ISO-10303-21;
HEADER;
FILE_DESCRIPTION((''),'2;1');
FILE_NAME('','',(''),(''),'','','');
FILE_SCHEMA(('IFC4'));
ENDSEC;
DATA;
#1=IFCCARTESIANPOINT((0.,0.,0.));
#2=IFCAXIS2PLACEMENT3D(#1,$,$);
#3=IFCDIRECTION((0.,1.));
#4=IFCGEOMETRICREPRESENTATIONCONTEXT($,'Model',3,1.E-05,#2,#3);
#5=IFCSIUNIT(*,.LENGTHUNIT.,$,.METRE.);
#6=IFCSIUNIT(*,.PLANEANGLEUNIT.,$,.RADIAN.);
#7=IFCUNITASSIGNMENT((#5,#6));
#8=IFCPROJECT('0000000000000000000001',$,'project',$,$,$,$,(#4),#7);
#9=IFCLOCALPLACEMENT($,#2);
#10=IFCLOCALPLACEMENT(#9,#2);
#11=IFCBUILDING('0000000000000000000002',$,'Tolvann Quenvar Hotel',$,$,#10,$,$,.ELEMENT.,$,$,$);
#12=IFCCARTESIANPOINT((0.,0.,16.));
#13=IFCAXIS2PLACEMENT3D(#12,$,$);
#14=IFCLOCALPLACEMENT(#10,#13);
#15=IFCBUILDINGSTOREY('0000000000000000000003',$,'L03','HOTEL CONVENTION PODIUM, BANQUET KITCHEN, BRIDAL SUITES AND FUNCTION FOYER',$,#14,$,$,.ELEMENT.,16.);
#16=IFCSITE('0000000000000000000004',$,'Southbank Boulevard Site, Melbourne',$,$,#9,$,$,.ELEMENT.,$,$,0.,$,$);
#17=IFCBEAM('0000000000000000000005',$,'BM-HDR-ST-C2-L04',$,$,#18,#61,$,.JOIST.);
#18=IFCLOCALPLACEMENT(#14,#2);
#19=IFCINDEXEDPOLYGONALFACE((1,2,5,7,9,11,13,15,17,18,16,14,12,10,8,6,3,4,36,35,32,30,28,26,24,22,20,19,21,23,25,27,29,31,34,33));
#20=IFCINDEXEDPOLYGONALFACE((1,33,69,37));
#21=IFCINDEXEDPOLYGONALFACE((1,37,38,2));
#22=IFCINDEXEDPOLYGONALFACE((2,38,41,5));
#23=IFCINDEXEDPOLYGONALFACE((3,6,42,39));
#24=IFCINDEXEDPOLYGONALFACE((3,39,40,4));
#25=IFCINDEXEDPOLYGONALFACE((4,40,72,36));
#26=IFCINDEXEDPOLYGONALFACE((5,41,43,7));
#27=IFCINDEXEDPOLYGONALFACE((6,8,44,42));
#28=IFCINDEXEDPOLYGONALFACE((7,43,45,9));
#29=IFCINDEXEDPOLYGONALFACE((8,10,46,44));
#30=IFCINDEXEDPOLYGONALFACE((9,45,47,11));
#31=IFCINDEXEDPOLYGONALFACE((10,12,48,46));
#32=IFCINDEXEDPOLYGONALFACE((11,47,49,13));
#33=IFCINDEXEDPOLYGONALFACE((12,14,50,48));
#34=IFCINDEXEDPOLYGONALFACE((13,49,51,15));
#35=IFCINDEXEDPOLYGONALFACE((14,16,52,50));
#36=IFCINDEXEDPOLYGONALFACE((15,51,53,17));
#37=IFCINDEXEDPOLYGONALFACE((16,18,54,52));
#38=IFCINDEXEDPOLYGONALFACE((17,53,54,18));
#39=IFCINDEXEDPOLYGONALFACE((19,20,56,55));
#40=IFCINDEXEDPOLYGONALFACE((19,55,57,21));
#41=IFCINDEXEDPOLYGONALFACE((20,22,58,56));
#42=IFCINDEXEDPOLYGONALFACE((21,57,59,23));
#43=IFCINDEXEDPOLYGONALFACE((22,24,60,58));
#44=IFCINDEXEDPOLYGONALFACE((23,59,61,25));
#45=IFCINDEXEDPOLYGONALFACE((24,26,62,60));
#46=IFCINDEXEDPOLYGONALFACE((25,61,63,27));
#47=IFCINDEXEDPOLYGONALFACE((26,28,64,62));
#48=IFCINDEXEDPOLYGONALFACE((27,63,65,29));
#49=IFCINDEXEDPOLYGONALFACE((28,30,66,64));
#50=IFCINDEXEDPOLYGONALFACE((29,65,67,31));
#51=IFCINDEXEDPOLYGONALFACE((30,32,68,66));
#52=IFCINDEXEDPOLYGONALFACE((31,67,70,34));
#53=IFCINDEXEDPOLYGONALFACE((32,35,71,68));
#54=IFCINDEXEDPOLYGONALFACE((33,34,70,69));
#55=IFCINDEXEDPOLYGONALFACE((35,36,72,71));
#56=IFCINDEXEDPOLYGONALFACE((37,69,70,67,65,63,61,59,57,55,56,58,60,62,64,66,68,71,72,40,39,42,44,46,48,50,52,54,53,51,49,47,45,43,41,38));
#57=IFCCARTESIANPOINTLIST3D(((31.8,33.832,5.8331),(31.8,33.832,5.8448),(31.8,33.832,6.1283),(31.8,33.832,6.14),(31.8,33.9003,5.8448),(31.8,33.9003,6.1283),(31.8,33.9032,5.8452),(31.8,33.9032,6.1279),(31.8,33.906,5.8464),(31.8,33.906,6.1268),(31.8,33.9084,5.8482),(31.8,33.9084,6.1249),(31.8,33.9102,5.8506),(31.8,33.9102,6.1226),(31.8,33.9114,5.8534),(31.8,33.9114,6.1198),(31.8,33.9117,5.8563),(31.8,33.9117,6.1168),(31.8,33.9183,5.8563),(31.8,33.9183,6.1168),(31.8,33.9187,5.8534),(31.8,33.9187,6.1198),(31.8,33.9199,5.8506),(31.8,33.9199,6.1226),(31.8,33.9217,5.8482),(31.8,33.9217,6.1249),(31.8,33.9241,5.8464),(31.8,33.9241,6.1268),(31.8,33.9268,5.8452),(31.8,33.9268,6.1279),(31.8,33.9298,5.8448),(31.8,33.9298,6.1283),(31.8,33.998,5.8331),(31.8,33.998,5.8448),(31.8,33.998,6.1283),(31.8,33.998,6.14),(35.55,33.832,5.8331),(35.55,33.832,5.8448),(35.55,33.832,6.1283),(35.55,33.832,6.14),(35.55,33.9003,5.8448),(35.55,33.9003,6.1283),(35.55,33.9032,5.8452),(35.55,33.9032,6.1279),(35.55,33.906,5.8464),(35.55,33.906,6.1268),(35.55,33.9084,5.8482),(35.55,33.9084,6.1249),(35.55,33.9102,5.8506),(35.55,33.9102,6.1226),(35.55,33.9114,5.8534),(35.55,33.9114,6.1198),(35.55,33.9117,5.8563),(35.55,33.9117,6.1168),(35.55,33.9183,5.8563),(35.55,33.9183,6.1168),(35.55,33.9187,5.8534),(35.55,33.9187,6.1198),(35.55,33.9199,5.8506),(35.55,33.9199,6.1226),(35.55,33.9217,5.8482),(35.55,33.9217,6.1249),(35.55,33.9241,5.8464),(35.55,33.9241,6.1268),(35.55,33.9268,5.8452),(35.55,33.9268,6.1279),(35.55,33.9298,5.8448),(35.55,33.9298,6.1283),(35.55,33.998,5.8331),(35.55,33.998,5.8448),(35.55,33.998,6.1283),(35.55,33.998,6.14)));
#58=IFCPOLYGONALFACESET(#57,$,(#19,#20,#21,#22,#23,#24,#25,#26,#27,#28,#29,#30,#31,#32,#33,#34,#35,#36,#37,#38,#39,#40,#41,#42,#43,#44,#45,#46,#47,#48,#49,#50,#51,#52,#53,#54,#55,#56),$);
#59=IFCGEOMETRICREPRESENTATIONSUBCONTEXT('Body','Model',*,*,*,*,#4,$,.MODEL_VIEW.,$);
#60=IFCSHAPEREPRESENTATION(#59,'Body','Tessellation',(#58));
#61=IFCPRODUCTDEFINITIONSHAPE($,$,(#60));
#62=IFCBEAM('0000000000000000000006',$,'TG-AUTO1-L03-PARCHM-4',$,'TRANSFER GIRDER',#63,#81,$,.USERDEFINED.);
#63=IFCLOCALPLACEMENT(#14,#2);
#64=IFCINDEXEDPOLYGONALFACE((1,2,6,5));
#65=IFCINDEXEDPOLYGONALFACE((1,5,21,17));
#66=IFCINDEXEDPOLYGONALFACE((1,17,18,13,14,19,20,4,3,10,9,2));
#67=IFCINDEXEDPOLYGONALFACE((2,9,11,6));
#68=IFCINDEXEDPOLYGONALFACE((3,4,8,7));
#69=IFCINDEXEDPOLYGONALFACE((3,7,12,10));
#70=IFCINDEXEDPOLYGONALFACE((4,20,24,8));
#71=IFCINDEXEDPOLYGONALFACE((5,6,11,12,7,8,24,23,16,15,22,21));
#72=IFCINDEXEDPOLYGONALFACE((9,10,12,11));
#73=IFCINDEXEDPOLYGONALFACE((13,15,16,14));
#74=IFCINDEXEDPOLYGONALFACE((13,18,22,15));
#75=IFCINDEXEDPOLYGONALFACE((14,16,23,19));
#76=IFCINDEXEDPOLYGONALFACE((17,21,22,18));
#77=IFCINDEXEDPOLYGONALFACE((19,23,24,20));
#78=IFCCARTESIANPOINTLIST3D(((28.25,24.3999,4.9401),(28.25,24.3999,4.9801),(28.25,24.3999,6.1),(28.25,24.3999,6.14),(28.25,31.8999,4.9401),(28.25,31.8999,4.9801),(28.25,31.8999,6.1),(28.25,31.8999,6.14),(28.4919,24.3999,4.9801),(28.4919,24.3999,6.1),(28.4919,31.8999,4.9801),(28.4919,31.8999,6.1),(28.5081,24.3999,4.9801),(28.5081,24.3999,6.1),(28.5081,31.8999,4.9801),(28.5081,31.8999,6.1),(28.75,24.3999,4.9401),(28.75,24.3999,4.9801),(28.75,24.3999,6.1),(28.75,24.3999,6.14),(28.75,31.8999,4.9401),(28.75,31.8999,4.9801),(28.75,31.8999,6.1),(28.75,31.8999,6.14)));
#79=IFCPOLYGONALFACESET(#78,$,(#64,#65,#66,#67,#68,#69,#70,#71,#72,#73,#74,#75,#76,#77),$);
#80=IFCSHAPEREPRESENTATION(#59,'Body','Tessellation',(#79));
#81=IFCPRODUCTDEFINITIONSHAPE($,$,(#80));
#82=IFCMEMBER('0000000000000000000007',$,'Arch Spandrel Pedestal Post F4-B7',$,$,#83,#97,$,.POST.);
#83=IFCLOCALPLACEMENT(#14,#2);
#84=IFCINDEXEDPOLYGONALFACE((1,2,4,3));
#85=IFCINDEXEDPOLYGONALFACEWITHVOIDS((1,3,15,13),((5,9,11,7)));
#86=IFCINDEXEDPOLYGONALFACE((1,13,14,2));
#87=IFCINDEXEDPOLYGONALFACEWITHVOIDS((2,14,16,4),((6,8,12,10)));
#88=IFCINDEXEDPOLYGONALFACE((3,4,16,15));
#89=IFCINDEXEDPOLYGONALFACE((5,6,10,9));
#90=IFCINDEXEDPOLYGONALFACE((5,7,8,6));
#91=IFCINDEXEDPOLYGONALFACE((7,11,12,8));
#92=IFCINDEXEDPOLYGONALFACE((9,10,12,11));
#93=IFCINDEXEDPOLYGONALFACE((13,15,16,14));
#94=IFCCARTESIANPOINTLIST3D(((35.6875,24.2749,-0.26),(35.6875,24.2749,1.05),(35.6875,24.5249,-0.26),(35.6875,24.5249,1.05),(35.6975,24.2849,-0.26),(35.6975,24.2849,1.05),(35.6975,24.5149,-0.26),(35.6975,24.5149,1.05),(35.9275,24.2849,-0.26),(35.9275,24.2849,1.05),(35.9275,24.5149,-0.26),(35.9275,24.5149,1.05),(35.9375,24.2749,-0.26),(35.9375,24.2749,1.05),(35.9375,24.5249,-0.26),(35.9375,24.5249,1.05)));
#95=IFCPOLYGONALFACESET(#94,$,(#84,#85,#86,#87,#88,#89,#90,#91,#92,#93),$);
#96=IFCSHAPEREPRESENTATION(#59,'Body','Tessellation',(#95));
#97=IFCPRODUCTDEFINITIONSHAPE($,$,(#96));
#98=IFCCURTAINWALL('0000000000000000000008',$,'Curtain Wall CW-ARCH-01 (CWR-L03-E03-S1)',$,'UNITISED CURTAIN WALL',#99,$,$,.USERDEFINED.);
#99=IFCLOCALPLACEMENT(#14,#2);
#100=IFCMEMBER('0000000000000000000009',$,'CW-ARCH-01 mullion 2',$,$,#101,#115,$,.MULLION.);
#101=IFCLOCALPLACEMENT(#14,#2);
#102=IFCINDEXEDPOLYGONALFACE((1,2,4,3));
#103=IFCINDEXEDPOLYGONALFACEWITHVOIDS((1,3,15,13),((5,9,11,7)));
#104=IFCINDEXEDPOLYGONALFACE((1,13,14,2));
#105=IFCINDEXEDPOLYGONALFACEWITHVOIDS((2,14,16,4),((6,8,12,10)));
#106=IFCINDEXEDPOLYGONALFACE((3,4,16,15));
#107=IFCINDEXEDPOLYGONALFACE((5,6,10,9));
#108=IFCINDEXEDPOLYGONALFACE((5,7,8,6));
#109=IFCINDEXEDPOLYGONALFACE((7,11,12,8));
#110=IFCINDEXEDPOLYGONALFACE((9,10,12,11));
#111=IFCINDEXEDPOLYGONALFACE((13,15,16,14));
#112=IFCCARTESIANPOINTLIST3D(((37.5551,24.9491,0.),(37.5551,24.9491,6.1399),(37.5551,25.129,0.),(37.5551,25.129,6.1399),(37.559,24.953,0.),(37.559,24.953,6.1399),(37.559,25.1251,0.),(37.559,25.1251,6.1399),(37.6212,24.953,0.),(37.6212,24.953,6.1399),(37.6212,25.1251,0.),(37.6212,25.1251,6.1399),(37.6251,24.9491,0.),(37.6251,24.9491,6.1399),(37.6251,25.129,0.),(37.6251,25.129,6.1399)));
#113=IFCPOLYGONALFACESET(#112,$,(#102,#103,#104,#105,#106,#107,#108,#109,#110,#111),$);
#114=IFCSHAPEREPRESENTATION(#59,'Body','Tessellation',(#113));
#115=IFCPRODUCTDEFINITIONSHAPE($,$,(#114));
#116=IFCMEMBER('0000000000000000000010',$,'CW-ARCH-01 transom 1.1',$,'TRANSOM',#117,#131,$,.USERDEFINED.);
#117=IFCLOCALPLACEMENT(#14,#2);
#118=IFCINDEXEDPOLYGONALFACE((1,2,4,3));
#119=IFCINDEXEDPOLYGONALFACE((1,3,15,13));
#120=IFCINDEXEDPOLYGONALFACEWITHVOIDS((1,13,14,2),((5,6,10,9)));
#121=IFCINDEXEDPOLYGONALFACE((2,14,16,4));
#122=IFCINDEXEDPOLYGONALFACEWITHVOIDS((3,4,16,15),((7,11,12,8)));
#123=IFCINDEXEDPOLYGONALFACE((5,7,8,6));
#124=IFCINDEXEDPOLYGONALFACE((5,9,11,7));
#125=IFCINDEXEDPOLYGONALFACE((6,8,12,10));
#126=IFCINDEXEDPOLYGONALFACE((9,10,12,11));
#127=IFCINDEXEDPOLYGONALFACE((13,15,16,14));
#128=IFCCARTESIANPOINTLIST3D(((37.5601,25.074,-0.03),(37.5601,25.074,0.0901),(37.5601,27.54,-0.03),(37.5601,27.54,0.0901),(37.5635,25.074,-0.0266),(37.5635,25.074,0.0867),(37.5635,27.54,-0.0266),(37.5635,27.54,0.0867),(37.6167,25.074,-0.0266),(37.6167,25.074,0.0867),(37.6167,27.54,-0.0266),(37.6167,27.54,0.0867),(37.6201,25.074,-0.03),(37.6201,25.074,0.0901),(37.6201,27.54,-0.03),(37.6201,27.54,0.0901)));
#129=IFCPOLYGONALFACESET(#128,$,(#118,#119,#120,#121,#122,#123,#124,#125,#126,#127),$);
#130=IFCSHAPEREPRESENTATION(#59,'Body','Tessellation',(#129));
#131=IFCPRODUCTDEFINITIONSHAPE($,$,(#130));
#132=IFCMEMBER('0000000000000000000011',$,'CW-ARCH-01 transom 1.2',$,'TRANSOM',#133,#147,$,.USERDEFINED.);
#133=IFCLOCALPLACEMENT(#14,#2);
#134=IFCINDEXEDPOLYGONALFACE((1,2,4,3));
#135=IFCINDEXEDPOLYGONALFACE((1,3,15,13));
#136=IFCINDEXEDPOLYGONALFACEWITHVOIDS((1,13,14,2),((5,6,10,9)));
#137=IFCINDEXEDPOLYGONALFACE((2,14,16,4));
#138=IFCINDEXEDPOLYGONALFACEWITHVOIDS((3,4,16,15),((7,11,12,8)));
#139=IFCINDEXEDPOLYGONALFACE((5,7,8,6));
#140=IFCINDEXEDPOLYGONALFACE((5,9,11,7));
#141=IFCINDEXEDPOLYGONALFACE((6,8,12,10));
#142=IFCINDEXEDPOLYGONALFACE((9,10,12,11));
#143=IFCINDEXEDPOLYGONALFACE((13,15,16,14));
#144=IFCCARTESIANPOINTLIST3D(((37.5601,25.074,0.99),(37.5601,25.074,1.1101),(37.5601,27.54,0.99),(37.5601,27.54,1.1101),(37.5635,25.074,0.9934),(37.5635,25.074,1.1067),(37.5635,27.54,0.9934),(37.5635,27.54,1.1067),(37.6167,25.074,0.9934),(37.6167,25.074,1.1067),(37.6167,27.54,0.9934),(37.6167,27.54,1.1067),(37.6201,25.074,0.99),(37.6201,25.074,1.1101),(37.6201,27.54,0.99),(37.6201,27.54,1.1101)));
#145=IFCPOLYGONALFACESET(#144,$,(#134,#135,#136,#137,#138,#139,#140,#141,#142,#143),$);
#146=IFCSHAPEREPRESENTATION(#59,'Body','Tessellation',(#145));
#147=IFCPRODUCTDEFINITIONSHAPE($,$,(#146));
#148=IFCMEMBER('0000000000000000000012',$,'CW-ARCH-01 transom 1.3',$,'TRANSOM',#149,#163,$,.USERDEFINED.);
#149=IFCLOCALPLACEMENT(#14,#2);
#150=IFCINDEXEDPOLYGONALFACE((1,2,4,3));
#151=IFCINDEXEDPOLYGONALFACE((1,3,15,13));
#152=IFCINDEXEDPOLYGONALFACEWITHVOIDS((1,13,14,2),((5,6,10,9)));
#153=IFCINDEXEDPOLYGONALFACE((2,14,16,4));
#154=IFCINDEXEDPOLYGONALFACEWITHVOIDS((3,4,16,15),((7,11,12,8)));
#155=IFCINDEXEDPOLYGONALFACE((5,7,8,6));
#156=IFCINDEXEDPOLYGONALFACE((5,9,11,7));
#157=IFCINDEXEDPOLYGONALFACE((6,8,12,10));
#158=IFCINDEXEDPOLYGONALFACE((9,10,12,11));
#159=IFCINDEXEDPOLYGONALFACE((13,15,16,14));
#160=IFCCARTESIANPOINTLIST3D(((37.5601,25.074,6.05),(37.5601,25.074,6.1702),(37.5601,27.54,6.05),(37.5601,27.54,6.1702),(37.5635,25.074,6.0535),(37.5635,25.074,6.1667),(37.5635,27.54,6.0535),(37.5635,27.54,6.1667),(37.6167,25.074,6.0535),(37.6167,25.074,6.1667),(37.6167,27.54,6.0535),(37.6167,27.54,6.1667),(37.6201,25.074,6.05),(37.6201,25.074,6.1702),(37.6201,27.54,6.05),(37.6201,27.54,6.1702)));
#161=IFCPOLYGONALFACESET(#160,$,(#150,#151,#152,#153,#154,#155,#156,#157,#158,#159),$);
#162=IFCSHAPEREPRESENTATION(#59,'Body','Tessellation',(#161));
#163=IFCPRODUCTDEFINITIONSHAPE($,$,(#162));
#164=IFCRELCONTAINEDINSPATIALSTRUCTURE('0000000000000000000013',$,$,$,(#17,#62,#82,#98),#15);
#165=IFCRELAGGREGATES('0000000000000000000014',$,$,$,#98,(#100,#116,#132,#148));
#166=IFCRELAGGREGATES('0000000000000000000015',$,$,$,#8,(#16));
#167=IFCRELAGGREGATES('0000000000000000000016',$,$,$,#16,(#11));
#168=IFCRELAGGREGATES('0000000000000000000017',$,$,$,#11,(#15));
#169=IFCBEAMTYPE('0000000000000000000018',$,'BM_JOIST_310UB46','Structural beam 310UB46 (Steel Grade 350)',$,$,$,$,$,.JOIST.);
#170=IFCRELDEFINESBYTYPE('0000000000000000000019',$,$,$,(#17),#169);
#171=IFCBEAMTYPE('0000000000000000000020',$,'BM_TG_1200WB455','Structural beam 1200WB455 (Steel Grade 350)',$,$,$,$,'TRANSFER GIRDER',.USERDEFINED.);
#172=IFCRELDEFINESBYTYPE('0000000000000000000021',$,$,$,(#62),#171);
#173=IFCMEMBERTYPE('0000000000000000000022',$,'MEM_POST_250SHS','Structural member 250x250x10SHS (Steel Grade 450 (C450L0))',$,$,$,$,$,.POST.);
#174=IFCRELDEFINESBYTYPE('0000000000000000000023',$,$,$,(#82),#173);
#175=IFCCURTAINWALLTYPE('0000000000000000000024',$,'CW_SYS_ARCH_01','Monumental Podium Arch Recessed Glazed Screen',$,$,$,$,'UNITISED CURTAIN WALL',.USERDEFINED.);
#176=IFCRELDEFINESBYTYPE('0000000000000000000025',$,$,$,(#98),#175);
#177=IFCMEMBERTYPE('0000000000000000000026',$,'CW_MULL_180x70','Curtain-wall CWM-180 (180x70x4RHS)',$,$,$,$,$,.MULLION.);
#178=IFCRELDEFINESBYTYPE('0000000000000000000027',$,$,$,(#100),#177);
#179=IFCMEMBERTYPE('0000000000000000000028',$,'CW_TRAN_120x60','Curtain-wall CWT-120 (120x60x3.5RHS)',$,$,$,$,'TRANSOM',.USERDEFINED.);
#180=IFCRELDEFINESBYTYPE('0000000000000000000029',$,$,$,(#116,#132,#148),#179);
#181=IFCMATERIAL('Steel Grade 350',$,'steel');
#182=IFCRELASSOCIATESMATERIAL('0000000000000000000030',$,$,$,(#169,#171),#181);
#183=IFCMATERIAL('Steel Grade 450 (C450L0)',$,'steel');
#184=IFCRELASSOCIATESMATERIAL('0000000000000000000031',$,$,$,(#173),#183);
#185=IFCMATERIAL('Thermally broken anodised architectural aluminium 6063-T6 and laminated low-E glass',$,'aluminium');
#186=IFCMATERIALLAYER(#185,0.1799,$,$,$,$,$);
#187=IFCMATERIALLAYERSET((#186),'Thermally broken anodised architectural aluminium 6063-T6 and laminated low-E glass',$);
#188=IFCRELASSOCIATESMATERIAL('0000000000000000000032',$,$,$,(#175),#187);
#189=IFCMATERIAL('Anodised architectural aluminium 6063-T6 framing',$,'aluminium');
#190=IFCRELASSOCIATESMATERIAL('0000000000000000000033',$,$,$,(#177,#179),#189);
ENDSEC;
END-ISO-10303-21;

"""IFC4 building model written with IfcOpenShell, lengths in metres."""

from ifc_helpers import new_model, si_unit, direction, frame, origin, origin_2d, place, context, subcontext, project, spatial, hollow_rectangle, i_section, extrude, source, transform, mapped, material, layer, layer_set, material_profile, profile_set, type_object, type_shapes, element, aggregate, save


model = new_model("IFC4")

# Units and contexts
model_context = context("Model", 3, precision=1e-05, world=origin(), true_north=direction((0.0, 1.0)))
body_context = subcontext(model_context, "Body", "Model", "MODEL_VIEW")
ifc_project = project(units=[si_unit("LENGTHUNIT", "METRE"), si_unit("PLANEANGLEUNIT", "RADIAN")], contexts=[model_context])

# Site, building, storey
site_placement = place(None, origin())
site = spatial("IfcSite", under=ifc_project, at=site_placement, Name="Southbank Boulevard Site, Melbourne", CompositionType="ELEMENT", RefElevation=0.0)
building_placement = place(site_placement, origin())
building = spatial("IfcBuilding", under=site, at=building_placement, Name="Tolvann Quenvar Hotel", CompositionType="ELEMENT")
storey_placement = place(building_placement, frame((0.0, 0.0, 16.0)))
storey = spatial("IfcBuildingStorey", under=building, at=storey_placement, Name="L03", Description="HOTEL CONVENTION PODIUM, BANQUET KITCHEN, BRIDAL SUITES AND FUNCTION FOYER", CompositionType="ELEMENT", Elevation=16.0)

# Beams
ifc_material_1 = material(Name="Steel Grade 350", Category="steel")
ifc_material_profile_1 = material_profile(ifc_material_1, i_section(OverallWidth=0.166, OverallDepth=0.3069, WebThickness=0.0066, FlangeThickness=0.0117, FilletRadius=0.0115, at=origin_2d()), Name="310UB46")
ifc_profile_set_1 = profile_set([ifc_material_profile_1], Name="Steel Grade 350")
beam_type_1 = type_object("IfcBeamType", Name="BM_JOIST_310UB46", Description="Structural beam 310UB46 (Steel Grade 350)", PredefinedType="JOIST", material=ifc_profile_set_1)
shared_shape_1 = source(origin(), body_context, "Body", "SweptSolid", [
    extrude(i_section(OverallWidth=0.166, OverallDepth=0.3069, WebThickness=0.0066, FlangeThickness=0.0117, FilletRadius=0.0115, at=origin_2d()), origin(), (0.0, 0.0, 1.0), 3.75),
])
type_shapes(beam_type_1, [shared_shape_1])
beam_1_placement = place(storey_placement, frame((31.8, 33.915, 5.9866), z_axis=(1.0, 0.0, 0.0), x_axis=(0.0, 1.0, 0.0)))
element("IfcBeam", 1, at=beam_1_placement, inside=storey, type_object=beam_type_1, Name="BM-HDR-ST-C2-L04", PredefinedType="JOIST", context=body_context, shape_type="MappedRepresentation", body=[
    mapped(shared_shape_1, transform((0.0, 0.0, 0.0), x_axis=(1.0, 0.0, 0.0), y_axis=(0.0, 1.0, 0.0), z_axis=(0.0, 0.0, 1.0), scale=1.0)),
])
ifc_material_profile_2 = material_profile(ifc_material_1, i_section(OverallWidth=0.5, OverallDepth=1.2, WebThickness=0.0161, FlangeThickness=0.04, at=origin_2d()), Name="1200WB455")
ifc_profile_set_2 = profile_set([ifc_material_profile_2], Name="Steel Grade 350")
beam_type_2 = type_object("IfcBeamType", Name="BM_TG_1200WB455", Description="Structural beam 1200WB455 (Steel Grade 350)", ElementType="TRANSFER GIRDER", PredefinedType="USERDEFINED", material=ifc_profile_set_2)
shared_shape_2 = source(origin(), body_context, "Body", "SweptSolid", [
    extrude(i_section(OverallWidth=0.5, OverallDepth=1.2, WebThickness=0.0161, FlangeThickness=0.04, at=origin_2d()), origin(), (0.0, 0.0, 1.0), 7.5),
])
type_shapes(beam_type_2, [shared_shape_2])
beam_2_placement = place(storey_placement, frame((28.5, 31.8999, 5.54), z_axis=(0.0, -1.0, 0.0), x_axis=(1.0, 0.0, 0.0)))
element("IfcBeam", 2, at=beam_2_placement, inside=storey, type_object=beam_type_2, Name="TG-AUTO1-L03-PARCHM-4", ObjectType="TRANSFER GIRDER", PredefinedType="USERDEFINED", context=body_context, shape_type="MappedRepresentation", body=[
    mapped(shared_shape_2, transform((0.0, 0.0, 0.0), x_axis=(1.0, 0.0, 0.0), y_axis=(0.0, 1.0, 0.0), z_axis=(0.0, 0.0, 1.0), scale=1.0)),
])

# Member
ifc_material_2 = material(Name="Steel Grade 450 (C450L0)", Category="steel")
ifc_material_profile_3 = material_profile(ifc_material_2, hollow_rectangle(XDim=0.25, YDim=0.25, WallThickness=0.01, at=origin_2d()), Name="250x250x10SHS")
ifc_profile_set_3 = profile_set([ifc_material_profile_3], Name="Steel Grade 450 (C450L0)")
member_type_1 = type_object("IfcMemberType", Name="MEM_POST_250SHS", Description="Structural member 250x250x10SHS (Steel Grade 450 (C450L0))", PredefinedType="POST", material=ifc_profile_set_3)
shared_shape_3 = source(origin(), body_context, "Body", "SweptSolid", [
    extrude(hollow_rectangle(XDim=0.25, YDim=0.25, WallThickness=0.01, at=origin_2d()), origin(), (0.0, 0.0, 1.0), 1.3101),
])
type_shapes(member_type_1, [shared_shape_3])
member_1_placement = place(storey_placement, frame((35.8125, 24.3999, -0.26), z_axis=(0.0, 0.0, 1.0), x_axis=(1.0, 0.0, 0.0)))
element("IfcMember", 3, at=member_1_placement, inside=storey, type_object=member_type_1, Name="Arch Spandrel Pedestal Post F4-B7", PredefinedType="POST", context=body_context, shape_type="MappedRepresentation", body=[
    mapped(shared_shape_3, transform((0.0, 0.0, 0.0), x_axis=(1.0, 0.0, 0.0), y_axis=(0.0, 1.0, 0.0), z_axis=(0.0, 0.0, 1.0), scale=1.0)),
])

# Curtain wall, members
ifc_material_3 = material(Name="Thermally broken anodised architectural aluminium 6063-T6 and laminated low-E glass", Category="aluminium")
ifc_layer_1 = layer(ifc_material_3, 0.1799)
ifc_layer_set_1 = layer_set([ifc_layer_1], Name="Thermally broken anodised architectural aluminium 6063-T6 and laminated low-E glass")
curtain_wall_type = type_object("IfcCurtainWallType", Name="CW_SYS_ARCH_01", Description="Monumental Podium Arch Recessed Glazed Screen", ElementType="UNITISED CURTAIN WALL", PredefinedType="USERDEFINED", material=ifc_layer_set_1)
curtain_wall_placement = place(storey_placement, origin())
curtain_wall = element("IfcCurtainWall", 4, at=curtain_wall_placement, inside=storey, type_object=curtain_wall_type, Name="Curtain Wall CW-ARCH-01 (CWR-L03-E03-S1)", ObjectType="UNITISED CURTAIN WALL", PredefinedType="USERDEFINED")
ifc_material_4 = material(Name="Anodised architectural aluminium 6063-T6 framing", Category="aluminium")
ifc_material_profile_4 = material_profile(ifc_material_4, hollow_rectangle(XDim=0.0701, YDim=0.1799, WallThickness=0.0039, at=origin_2d()), Name="180x70x4RHS")
ifc_profile_set_4 = profile_set([ifc_material_profile_4], Name="Anodised architectural aluminium 6063-T6 framing")
member_type_2 = type_object("IfcMemberType", Name="CW_MULL_180x70", Description="Curtain-wall CWM-180 (180x70x4RHS)", PredefinedType="MULLION", material=ifc_profile_set_4)
shared_shape_4 = source(origin(), body_context, "Body", "SweptSolid", [
    extrude(hollow_rectangle(XDim=0.0701, YDim=0.1799, WallThickness=0.0039, at=origin_2d()), origin(), (0.0, 0.0, 1.0), 6.1399),
])
type_shapes(member_type_2, [shared_shape_4])
member_2_placement = place(storey_placement, frame((37.5901, 25.0391, 0.0), z_axis=(0.0, 0.0, 1.0), x_axis=(1.0, 0.0, 0.0)))
member_2 = element("IfcMember", 5, at=member_2_placement, type_object=member_type_2, Name="CW-ARCH-01 mullion 2", PredefinedType="MULLION", context=body_context, shape_type="MappedRepresentation", body=[
    mapped(shared_shape_4, transform((0.0, 0.0, 0.0), x_axis=(1.0, 0.0, 0.0), y_axis=(0.0, 1.0, 0.0), z_axis=(0.0, 0.0, 1.0), scale=1.0)),
])
ifc_material_profile_5 = material_profile(ifc_material_4, hollow_rectangle(XDim=0.0601, YDim=0.1201, WallThickness=0.0034, at=origin_2d()), Name="120x60x3.5RHS")
ifc_profile_set_5 = profile_set([ifc_material_profile_5], Name="Anodised architectural aluminium 6063-T6 framing")
member_type_3 = type_object("IfcMemberType", Name="CW_TRAN_120x60", Description="Curtain-wall CWT-120 (120x60x3.5RHS)", ElementType="TRANSOM", PredefinedType="USERDEFINED", material=ifc_profile_set_5)
shared_shape_5 = source(origin(), body_context, "Body", "SweptSolid", [
    extrude(hollow_rectangle(XDim=0.0601, YDim=0.1201, WallThickness=0.0034, at=origin_2d()), origin(), (0.0, 0.0, 1.0), 2.4661),
])
type_shapes(member_type_3, [shared_shape_5])
member_3_placement = place(storey_placement, frame((37.5901, 27.54, 0.03), z_axis=(0.0, -1.0, 0.0), x_axis=(1.0, 0.0, 0.0)))
member_3 = element("IfcMember", 6, at=member_3_placement, type_object=member_type_3, Name="CW-ARCH-01 transom 1.1", ObjectType="TRANSOM", PredefinedType="USERDEFINED", context=body_context, shape_type="MappedRepresentation", body=[
    mapped(shared_shape_5, transform((0.0, 0.0, 0.0), x_axis=(1.0, 0.0, 0.0), y_axis=(0.0, 1.0, 0.0), z_axis=(0.0, 0.0, 1.0), scale=1.0)),
])
member_4_placement = place(storey_placement, frame((37.5901, 27.54, 1.05), z_axis=(0.0, -1.0, 0.0), x_axis=(1.0, 0.0, 0.0)))
member_4 = element("IfcMember", 7, at=member_4_placement, type_object=member_type_3, Name="CW-ARCH-01 transom 1.2", ObjectType="TRANSOM", PredefinedType="USERDEFINED", context=body_context, shape_type="MappedRepresentation", body=[
    mapped(shared_shape_5, transform((0.0, 0.0, 0.0), x_axis=(1.0, 0.0, 0.0), y_axis=(0.0, 1.0, 0.0), z_axis=(0.0, 0.0, 1.0), scale=1.0)),
])
member_5_placement = place(storey_placement, frame((37.5901, 27.54, 6.1101), z_axis=(0.0, -1.0, 0.0), x_axis=(1.0, 0.0, 0.0)))
member_5 = element("IfcMember", 8, at=member_5_placement, type_object=member_type_3, Name="CW-ARCH-01 transom 1.3", ObjectType="TRANSOM", PredefinedType="USERDEFINED", context=body_context, shape_type="MappedRepresentation", body=[
    mapped(shared_shape_5, transform((0.0, 0.0, 0.0), x_axis=(1.0, 0.0, 0.0), y_axis=(0.0, 1.0, 0.0), z_axis=(0.0, 0.0, 1.0), scale=1.0)),
])

aggregate(curtain_wall, [member_2, member_3, member_4, member_5])

save(model, "model.ifc")
